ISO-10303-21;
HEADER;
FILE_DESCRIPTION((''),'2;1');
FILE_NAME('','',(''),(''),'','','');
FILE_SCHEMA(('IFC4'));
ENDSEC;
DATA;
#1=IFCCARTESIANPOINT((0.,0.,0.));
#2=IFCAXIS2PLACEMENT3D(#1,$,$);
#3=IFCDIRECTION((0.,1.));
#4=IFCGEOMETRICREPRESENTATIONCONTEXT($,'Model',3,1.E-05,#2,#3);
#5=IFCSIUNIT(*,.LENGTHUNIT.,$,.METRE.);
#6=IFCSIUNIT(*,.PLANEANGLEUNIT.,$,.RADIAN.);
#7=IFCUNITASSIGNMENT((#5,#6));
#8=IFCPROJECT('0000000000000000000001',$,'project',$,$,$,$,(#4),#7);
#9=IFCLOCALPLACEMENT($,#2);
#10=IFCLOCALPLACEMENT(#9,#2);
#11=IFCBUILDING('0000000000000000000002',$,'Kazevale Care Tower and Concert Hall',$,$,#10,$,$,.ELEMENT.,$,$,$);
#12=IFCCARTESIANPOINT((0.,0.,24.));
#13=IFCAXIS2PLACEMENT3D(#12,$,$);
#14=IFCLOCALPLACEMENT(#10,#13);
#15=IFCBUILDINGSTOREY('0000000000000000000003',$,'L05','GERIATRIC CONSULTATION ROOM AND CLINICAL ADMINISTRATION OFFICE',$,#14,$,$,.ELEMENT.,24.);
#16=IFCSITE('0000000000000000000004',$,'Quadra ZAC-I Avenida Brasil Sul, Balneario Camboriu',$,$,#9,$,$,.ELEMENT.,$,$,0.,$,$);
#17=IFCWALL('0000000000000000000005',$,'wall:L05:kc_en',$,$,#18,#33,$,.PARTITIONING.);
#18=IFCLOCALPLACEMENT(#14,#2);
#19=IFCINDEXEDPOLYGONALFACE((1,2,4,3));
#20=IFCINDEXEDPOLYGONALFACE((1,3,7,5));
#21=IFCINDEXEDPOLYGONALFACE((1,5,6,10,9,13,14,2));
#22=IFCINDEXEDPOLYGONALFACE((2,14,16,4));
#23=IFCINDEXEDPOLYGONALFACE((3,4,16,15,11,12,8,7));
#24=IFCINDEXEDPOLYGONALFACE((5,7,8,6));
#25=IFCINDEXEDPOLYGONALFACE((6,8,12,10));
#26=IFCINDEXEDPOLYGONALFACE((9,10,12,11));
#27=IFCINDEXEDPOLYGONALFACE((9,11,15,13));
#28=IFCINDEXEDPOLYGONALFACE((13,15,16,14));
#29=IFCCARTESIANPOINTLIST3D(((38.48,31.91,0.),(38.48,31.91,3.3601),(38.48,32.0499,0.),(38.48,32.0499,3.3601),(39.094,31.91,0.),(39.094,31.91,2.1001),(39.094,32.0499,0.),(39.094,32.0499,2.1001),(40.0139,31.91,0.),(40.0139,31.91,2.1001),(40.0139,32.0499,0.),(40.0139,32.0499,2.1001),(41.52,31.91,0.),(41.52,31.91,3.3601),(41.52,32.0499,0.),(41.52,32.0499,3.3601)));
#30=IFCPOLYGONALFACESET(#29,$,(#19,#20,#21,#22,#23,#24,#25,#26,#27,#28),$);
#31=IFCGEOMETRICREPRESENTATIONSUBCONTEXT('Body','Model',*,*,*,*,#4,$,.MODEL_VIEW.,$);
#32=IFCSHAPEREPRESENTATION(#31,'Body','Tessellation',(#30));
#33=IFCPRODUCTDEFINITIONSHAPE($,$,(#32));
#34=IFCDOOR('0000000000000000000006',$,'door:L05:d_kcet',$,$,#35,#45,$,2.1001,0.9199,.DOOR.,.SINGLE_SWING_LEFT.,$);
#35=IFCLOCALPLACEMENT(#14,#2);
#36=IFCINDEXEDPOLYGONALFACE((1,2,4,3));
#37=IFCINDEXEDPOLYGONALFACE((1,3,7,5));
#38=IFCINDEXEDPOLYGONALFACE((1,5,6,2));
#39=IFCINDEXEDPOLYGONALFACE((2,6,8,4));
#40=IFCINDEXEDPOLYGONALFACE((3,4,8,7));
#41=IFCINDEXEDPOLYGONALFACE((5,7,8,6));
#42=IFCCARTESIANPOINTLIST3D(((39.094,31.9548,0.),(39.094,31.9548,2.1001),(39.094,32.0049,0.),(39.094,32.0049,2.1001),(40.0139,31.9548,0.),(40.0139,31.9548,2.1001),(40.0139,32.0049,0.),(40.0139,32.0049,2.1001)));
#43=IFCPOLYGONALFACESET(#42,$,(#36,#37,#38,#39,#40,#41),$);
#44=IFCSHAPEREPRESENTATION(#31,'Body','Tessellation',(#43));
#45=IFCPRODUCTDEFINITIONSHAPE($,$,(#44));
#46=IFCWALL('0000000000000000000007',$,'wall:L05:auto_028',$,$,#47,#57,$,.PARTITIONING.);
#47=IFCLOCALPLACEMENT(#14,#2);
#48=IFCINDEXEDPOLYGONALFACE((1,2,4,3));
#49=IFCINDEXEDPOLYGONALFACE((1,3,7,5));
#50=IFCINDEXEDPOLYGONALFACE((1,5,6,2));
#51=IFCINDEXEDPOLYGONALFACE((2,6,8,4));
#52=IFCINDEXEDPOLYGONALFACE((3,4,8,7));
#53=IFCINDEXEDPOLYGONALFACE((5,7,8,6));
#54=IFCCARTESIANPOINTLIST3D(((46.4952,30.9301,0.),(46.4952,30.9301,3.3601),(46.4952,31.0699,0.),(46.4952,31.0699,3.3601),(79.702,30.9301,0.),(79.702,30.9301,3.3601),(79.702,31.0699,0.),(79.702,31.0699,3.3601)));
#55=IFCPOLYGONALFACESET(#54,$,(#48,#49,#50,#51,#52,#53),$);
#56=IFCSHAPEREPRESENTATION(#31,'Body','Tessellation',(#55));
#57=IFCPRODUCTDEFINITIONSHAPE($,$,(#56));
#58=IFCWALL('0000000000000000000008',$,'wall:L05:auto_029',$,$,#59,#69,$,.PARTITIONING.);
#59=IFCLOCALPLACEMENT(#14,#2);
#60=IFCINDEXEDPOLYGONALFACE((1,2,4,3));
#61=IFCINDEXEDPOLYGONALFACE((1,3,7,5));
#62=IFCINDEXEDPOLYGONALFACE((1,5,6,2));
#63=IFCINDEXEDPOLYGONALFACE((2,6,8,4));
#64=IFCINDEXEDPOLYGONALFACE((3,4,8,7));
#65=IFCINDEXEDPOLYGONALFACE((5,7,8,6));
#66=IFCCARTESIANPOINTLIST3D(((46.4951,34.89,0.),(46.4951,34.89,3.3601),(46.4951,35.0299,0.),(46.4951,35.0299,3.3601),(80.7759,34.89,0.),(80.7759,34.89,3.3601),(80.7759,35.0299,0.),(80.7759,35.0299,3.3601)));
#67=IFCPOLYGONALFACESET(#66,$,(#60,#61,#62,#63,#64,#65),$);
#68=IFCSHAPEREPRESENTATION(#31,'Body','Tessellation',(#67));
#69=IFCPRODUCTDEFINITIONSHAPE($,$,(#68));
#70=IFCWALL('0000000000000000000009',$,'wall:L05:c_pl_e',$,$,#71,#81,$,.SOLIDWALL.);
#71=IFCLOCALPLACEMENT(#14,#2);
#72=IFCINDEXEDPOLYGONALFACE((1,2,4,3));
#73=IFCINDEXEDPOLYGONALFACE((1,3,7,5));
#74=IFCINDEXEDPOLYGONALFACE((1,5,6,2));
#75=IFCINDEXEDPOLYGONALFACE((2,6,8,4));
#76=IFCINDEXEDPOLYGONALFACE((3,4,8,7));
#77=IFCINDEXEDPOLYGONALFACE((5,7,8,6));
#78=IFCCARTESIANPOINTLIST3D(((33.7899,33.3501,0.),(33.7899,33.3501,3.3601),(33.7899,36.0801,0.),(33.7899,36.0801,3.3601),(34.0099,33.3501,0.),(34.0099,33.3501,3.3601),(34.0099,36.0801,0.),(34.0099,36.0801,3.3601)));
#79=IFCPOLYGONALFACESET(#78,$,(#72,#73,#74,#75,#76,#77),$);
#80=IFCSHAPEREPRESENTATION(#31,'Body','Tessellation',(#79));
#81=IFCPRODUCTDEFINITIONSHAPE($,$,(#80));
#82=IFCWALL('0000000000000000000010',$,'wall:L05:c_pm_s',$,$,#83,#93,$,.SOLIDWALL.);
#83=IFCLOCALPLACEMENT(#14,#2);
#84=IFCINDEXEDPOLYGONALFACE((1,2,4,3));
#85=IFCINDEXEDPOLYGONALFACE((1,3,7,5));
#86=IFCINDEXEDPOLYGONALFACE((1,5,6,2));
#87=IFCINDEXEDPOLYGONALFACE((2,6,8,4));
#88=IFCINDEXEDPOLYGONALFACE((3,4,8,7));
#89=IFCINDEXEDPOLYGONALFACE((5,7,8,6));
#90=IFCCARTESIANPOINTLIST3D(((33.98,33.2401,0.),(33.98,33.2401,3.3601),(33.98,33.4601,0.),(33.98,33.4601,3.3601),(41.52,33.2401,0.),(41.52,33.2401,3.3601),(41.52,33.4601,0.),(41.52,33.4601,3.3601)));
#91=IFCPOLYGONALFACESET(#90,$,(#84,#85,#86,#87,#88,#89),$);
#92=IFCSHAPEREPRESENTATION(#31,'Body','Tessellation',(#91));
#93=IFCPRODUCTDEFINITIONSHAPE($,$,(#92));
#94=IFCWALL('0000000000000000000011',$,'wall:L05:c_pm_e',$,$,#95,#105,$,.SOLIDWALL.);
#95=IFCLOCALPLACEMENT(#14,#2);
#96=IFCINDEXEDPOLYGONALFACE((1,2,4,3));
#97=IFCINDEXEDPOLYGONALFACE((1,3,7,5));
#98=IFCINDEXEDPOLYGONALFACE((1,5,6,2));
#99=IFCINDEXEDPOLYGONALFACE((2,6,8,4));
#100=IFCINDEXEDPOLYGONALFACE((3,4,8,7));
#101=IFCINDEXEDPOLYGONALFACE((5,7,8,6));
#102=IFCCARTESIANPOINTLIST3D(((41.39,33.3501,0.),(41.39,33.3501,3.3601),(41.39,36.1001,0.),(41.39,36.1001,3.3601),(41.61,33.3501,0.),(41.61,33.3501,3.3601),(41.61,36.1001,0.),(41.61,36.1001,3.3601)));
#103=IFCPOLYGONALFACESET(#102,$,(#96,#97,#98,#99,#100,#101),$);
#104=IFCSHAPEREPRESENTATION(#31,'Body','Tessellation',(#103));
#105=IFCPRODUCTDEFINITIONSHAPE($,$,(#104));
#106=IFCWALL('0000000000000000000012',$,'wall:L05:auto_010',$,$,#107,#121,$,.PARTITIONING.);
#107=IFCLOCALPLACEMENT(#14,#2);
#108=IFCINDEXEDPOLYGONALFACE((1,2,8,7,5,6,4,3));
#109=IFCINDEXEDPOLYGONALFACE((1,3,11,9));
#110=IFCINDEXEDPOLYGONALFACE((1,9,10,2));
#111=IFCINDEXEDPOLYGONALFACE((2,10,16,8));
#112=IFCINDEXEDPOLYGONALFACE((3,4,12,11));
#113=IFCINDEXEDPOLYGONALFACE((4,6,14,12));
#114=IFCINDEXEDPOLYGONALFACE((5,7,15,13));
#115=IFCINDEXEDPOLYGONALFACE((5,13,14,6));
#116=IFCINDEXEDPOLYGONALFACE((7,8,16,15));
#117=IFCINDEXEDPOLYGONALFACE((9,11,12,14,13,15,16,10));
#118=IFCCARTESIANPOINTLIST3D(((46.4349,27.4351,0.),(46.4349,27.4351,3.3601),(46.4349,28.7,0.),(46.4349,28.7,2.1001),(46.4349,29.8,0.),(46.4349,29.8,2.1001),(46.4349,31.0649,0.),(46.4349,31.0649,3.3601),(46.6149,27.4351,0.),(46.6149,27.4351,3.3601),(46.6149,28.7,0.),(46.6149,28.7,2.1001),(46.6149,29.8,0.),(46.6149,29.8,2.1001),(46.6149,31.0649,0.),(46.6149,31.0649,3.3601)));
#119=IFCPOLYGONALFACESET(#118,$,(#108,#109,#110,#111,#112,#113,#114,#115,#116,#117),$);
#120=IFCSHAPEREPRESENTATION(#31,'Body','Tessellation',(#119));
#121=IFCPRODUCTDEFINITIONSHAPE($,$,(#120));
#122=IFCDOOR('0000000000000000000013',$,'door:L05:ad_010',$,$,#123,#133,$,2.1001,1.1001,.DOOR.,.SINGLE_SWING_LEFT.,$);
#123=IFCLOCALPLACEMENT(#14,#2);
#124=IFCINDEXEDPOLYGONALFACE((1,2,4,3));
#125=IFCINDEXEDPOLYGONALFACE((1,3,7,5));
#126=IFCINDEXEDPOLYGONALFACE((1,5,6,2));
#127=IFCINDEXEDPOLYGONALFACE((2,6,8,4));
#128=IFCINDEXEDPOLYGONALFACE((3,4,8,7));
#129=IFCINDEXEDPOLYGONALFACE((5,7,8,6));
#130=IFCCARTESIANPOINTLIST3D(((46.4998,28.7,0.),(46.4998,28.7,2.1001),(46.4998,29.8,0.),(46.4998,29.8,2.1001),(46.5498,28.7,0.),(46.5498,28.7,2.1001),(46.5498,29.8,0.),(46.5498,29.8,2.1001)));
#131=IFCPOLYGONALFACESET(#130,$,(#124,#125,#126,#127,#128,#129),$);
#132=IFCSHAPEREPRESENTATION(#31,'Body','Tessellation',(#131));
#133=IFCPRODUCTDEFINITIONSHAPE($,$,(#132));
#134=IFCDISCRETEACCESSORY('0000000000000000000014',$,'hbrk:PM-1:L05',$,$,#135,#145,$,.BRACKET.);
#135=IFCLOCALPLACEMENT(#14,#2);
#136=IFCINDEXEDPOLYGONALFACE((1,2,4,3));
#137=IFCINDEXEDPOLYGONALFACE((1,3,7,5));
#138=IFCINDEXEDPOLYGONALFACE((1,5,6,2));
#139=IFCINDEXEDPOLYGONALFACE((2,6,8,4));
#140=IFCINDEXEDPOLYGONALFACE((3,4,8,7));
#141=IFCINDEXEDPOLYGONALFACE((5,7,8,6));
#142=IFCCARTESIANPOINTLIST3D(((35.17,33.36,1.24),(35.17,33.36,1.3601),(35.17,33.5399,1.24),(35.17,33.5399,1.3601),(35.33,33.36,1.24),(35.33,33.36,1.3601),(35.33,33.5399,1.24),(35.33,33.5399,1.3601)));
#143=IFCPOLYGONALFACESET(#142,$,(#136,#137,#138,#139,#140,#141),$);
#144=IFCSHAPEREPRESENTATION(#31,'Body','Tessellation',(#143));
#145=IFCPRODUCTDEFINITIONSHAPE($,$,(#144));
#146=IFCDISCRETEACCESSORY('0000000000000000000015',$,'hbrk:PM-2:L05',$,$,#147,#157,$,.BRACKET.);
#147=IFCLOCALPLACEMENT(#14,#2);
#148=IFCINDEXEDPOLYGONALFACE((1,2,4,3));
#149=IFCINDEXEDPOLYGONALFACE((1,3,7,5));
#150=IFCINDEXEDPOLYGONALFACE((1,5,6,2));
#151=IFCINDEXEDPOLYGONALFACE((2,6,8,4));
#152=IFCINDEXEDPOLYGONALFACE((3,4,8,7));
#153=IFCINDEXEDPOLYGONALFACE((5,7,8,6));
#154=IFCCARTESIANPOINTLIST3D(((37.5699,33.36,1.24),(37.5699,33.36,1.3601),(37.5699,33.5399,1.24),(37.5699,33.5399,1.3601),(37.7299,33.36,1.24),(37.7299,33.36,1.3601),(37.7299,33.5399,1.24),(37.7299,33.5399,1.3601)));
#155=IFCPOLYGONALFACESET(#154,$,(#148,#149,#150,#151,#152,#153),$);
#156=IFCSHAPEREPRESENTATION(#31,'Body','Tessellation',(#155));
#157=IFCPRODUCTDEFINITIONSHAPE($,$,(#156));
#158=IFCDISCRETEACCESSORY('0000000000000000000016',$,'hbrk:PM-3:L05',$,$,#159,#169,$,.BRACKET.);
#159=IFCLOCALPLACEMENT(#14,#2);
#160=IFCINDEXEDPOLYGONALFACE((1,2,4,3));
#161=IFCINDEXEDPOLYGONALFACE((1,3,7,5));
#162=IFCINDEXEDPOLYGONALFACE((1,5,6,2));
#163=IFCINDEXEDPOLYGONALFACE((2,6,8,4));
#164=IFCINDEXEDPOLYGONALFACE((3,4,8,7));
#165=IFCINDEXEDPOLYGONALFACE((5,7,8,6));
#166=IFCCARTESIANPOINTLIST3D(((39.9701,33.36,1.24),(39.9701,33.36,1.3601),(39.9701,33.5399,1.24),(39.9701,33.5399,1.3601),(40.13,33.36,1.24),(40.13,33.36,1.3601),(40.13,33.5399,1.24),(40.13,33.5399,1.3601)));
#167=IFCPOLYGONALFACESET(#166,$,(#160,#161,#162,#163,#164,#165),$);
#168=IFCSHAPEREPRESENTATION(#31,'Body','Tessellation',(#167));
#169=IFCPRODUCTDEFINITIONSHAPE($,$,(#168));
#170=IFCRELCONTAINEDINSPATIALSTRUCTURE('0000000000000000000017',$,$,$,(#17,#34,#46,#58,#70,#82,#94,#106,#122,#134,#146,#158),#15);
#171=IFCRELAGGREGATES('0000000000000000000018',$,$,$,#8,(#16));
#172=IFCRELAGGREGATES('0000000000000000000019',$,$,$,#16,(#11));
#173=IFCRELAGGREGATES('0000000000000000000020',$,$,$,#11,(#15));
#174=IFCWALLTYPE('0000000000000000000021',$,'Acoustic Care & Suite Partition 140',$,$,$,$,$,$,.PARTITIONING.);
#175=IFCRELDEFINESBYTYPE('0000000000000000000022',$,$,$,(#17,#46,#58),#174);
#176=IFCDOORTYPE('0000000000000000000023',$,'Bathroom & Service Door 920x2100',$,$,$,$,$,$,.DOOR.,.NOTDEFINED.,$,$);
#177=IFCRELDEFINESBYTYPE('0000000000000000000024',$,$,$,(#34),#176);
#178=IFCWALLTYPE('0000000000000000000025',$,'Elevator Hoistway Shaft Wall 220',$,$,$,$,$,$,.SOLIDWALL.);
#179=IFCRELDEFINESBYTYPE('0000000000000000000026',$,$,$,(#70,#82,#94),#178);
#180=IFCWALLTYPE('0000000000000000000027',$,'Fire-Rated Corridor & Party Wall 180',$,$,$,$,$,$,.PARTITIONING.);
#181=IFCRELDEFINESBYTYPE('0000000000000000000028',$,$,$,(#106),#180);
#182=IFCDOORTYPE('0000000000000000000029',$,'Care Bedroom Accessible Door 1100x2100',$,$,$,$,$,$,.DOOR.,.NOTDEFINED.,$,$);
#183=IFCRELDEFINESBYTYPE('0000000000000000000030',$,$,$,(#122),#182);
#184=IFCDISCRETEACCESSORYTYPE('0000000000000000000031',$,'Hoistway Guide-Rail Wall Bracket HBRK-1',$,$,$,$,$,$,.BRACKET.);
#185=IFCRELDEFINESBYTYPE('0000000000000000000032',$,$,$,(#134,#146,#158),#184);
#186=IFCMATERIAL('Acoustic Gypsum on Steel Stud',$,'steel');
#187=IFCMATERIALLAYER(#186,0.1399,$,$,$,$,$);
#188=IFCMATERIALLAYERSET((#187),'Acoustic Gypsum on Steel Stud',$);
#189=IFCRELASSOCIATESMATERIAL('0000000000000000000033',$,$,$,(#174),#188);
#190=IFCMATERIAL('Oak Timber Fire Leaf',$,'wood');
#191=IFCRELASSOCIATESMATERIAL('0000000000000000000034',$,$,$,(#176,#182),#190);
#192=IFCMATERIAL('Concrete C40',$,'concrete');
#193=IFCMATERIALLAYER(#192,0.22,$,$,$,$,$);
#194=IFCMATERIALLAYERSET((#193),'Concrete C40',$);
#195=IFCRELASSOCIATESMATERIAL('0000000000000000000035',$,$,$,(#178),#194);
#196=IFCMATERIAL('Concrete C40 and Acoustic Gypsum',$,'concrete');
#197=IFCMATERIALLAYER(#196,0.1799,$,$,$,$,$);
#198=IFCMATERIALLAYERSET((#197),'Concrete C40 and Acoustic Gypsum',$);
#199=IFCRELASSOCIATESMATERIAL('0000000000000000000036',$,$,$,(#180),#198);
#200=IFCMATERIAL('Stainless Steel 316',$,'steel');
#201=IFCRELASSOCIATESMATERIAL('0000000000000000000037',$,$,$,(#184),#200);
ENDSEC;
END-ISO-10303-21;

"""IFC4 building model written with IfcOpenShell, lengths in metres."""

from ifc_helpers import new_model, si_unit, direction, frame, frame_2d, origin, origin_2d, place, context, subcontext, project, spatial, rectangle, extrude, material, layer, layer_set, type_object, element, fill, save


model = new_model("IFC4")

# Units and contexts
model_context = context("Model", 3, precision=1e-05, world=origin(), true_north=direction((0.0, 1.0)))
body_context = subcontext(model_context, "Body", "Model", "MODEL_VIEW")
ifc_project = project(units=[si_unit("LENGTHUNIT", "METRE"), si_unit("PLANEANGLEUNIT", "RADIAN")], contexts=[model_context])

# Site, building, storey
site_placement = place(None, origin())
site = spatial("IfcSite", under=ifc_project, at=site_placement, Name="Quadra ZAC-I Avenida Brasil Sul, Balneario Camboriu", CompositionType="ELEMENT", RefElevation=0.0)
building_placement = place(site_placement, origin())
building = spatial("IfcBuilding", under=site, at=building_placement, Name="Kazevale Care Tower and Concert Hall", CompositionType="ELEMENT")
storey_placement = place(building_placement, frame((0.0, 0.0, 24.0)))
storey = spatial("IfcBuildingStorey", under=building, at=storey_placement, Name="L05", Description="GERIATRIC CONSULTATION ROOM AND CLINICAL ADMINISTRATION OFFICE", CompositionType="ELEMENT", Elevation=24.0)

# Wall, opening, door
ifc_material_1 = material(Name="Acoustic Gypsum on Steel Stud", Category="steel")
ifc_layer_1 = layer(ifc_material_1, 0.1399)
ifc_layer_set_1 = layer_set([ifc_layer_1], Name="Acoustic Gypsum on Steel Stud")
wall_type_1 = type_object("IfcWallType", Name="Acoustic Care & Suite Partition 140", PredefinedType="PARTITIONING", material=ifc_layer_set_1)
ifc_material_2 = material(Name="Oak Timber Fire Leaf", Category="wood")
door_type_1 = type_object("IfcDoorType", Name="Bathroom & Service Door 920x2100", OperationType="NOTDEFINED", PredefinedType="DOOR", material=ifc_material_2)
wall_1_placement = place(storey_placement, frame((38.48, 31.98, 0.0), z_axis=(0.0, 0.0, 1.0), x_axis=(1.0, 0.0, 0.0)))
wall_1 = element("IfcWall", 1, at=wall_1_placement, inside=storey, type_object=wall_type_1, Name="wall:L05:kc_en", PredefinedType="PARTITIONING", context=body_context, shape_type="SweptSolid", body=[
    extrude(rectangle(XDim=3.04, YDim=0.1399, at=frame_2d((1.52, 0.0))), origin(), (0.0, 0.0, 1.0), 3.3601),
])
opening_1_placement = place(wall_1_placement, frame((0.614, 0.0, 0.0)))
opening_1 = element("IfcOpeningElement", 2, at=opening_1_placement, cuts=wall_1, PredefinedType="OPENING", context=body_context, shape_type="SweptSolid", body=[
    extrude(rectangle(XDim=0.9199, YDim=2.1001, at=frame_2d((0.46, 1.05))), frame((0.0, 0.0798, 0.0), z_axis=(0.0, -1.0, 0.0), x_axis=(1.0, 0.0, 0.0)), (0.0, 0.0, 1.0), 0.1599),
])
door_1_placement = place(opening_1_placement, origin())
door_1 = element("IfcDoor", 3, at=door_1_placement, inside=storey, type_object=door_type_1, Name="door:L05:d_kcet", OperationType="SINGLE_SWING_LEFT", OverallHeight=2.1001, OverallWidth=0.9199, PredefinedType="DOOR", context=body_context, shape_type="SweptSolid", body=[
    extrude(rectangle(XDim=0.9199, YDim=2.1001, at=frame_2d((0.46, 1.05))), frame((0.0, 0.0249, 0.0), z_axis=(0.0, -1.0, 0.0), x_axis=(1.0, 0.0, 0.0)), (0.0, 0.0, 1.0), 0.05),
])
fill(opening_1, door_1)

# Walls
wall_2_placement = place(storey_placement, frame((46.4951, 31.0, 0.0), z_axis=(0.0, 0.0, 1.0), x_axis=(1.0, 0.0, 0.0)))
element("IfcWall", 4, at=wall_2_placement, inside=storey, type_object=wall_type_1, Name="wall:L05:auto_028", PredefinedType="PARTITIONING", context=body_context, shape_type="SweptSolid", body=[
    extrude(rectangle(XDim=33.2068, YDim=0.1399, at=frame_2d((16.6035, 0.0))), origin(), (0.0, 0.0, 1.0), 3.3601),
])
wall_3_placement = place(storey_placement, frame((46.4951, 34.96, 0.0), z_axis=(0.0, 0.0, 1.0), x_axis=(1.0, 0.0, 0.0)))
element("IfcWall", 5, at=wall_3_placement, inside=storey, type_object=wall_type_1, Name="wall:L05:auto_029", PredefinedType="PARTITIONING", context=body_context, shape_type="SweptSolid", body=[
    extrude(rectangle(XDim=34.2808, YDim=0.1399, at=frame_2d((17.1404, 0.0))), origin(), (0.0, 0.0, 1.0), 3.3601),
])
ifc_material_3 = material(Name="Concrete C40", Category="concrete")
ifc_layer_2 = layer(ifc_material_3, 0.22)
ifc_layer_set_2 = layer_set([ifc_layer_2], Name="Concrete C40")
wall_type_2 = type_object("IfcWallType", Name="Elevator Hoistway Shaft Wall 220", PredefinedType="SOLIDWALL", material=ifc_layer_set_2)
wall_4_placement = place(storey_placement, frame((33.8999, 33.3501, 0.0), z_axis=(0.0, 0.0, 1.0), x_axis=(0.0, 1.0, 0.0)))
element("IfcWall", 6, at=wall_4_placement, inside=storey, type_object=wall_type_2, Name="wall:L05:c_pl_e", PredefinedType="SOLIDWALL", context=body_context, shape_type="SweptSolid", body=[
    extrude(rectangle(XDim=2.73, YDim=0.22, at=frame_2d((1.365, 0.0))), origin(), (0.0, 0.0, 1.0), 3.3601),
])
wall_5_placement = place(storey_placement, frame((33.98, 33.3501, 0.0), z_axis=(0.0, 0.0, 1.0), x_axis=(1.0, 0.0, 0.0)))
element("IfcWall", 7, at=wall_5_placement, inside=storey, type_object=wall_type_2, Name="wall:L05:c_pm_s", PredefinedType="SOLIDWALL", context=body_context, shape_type="SweptSolid", body=[
    extrude(rectangle(XDim=7.54, YDim=0.22, at=frame_2d((3.77, 0.0))), origin(), (0.0, 0.0, 1.0), 3.3601),
])
wall_6_placement = place(storey_placement, frame((41.5, 33.3501, 0.0), z_axis=(0.0, 0.0, 1.0), x_axis=(0.0, 1.0, 0.0)))
element("IfcWall", 8, at=wall_6_placement, inside=storey, type_object=wall_type_2, Name="wall:L05:c_pm_e", PredefinedType="SOLIDWALL", context=body_context, shape_type="SweptSolid", body=[
    extrude(rectangle(XDim=2.75, YDim=0.22, at=frame_2d((1.375, 0.0))), origin(), (0.0, 0.0, 1.0), 3.3601),
])

# Wall, opening, door
ifc_material_4 = material(Name="Concrete C40 and Acoustic Gypsum", Category="concrete")
ifc_layer_3 = layer(ifc_material_4, 0.1799)
ifc_layer_set_3 = layer_set([ifc_layer_3], Name="Concrete C40 and Acoustic Gypsum")
wall_type_3 = type_object("IfcWallType", Name="Fire-Rated Corridor & Party Wall 180", PredefinedType="PARTITIONING", material=ifc_layer_set_3)
wall_7_placement = place(storey_placement, frame((46.5249, 31.0649, 0.0), z_axis=(0.0, 0.0, 1.0), x_axis=(0.0, -1.0, 0.0)))
wall_7 = element("IfcWall", 9, at=wall_7_placement, inside=storey, type_object=wall_type_3, Name="wall:L05:auto_010", PredefinedType="PARTITIONING", context=body_context, shape_type="SweptSolid", body=[
    extrude(rectangle(XDim=3.6299, YDim=0.1799, at=frame_2d((1.8149, 0.0))), origin(), (0.0, 0.0, 1.0), 3.3601),
])
opening_2_placement = place(wall_7_placement, frame((1.2649, 0.0, 0.0)))
opening_2 = element("IfcOpeningElement", 10, at=opening_2_placement, cuts=wall_7, PredefinedType="OPENING", context=body_context, shape_type="SweptSolid", body=[
    extrude(rectangle(XDim=1.1001, YDim=2.1001, at=frame_2d((0.55, 1.05))), frame((0.0, 0.0999, 0.0), z_axis=(0.0, -1.0, 0.0), x_axis=(1.0, 0.0, 0.0)), (0.0, 0.0, 1.0), 0.2),
])
door_type_2 = type_object("IfcDoorType", Name="Care Bedroom Accessible Door 1100x2100", OperationType="NOTDEFINED", PredefinedType="DOOR", material=ifc_material_2)
door_2_placement = place(opening_2_placement, origin())
door_2 = element("IfcDoor", 11, at=door_2_placement, inside=storey, type_object=door_type_2, Name="door:L05:ad_010", OperationType="SINGLE_SWING_LEFT", OverallHeight=2.1001, OverallWidth=1.1001, PredefinedType="DOOR", context=body_context, shape_type="SweptSolid", body=[
    extrude(rectangle(XDim=1.1001, YDim=2.1001, at=frame_2d((0.55, 1.05))), frame((0.0, 0.0249, 0.0), z_axis=(0.0, -1.0, 0.0), x_axis=(1.0, 0.0, 0.0)), (0.0, 0.0, 1.0), 0.05),
])
fill(opening_2, door_2)

# Discrete accessories
ifc_material_5 = material(Name="Stainless Steel 316", Category="steel")
discrete_accessory_type = type_object("IfcDiscreteAccessoryType", Name="Hoistway Guide-Rail Wall Bracket HBRK-1", PredefinedType="BRACKET", material=ifc_material_5)
for number, where, z_axis, x_axis, name in (
    (12, (35.25, 33.45, 1.24), (0.0, 0.0, 1.0), (1.0, 0.0, 0.0), "hbrk:PM-1:L05"),
    (13, (37.6499, 33.45, 1.24), (0.0, 0.0, 1.0), (1.0, 0.0, 0.0), "hbrk:PM-2:L05"),
    (14, (40.05, 33.45, 1.24), (0.0, 0.0, 1.0), (1.0, 0.0, 0.0), "hbrk:PM-3:L05"),
):
    element("IfcDiscreteAccessory", number, at=place(storey_placement, frame(where, z_axis=z_axis, x_axis=x_axis)), inside=storey, type_object=discrete_accessory_type, Name=name, PredefinedType="BRACKET", context=body_context, shape_type="SweptSolid", body=[
        extrude(rectangle(XDim=0.1599, YDim=0.1799, at=origin_2d()), origin(), (0.0, 0.0, 1.0), 0.1201),
    ])

save(model, "model.ifc")
